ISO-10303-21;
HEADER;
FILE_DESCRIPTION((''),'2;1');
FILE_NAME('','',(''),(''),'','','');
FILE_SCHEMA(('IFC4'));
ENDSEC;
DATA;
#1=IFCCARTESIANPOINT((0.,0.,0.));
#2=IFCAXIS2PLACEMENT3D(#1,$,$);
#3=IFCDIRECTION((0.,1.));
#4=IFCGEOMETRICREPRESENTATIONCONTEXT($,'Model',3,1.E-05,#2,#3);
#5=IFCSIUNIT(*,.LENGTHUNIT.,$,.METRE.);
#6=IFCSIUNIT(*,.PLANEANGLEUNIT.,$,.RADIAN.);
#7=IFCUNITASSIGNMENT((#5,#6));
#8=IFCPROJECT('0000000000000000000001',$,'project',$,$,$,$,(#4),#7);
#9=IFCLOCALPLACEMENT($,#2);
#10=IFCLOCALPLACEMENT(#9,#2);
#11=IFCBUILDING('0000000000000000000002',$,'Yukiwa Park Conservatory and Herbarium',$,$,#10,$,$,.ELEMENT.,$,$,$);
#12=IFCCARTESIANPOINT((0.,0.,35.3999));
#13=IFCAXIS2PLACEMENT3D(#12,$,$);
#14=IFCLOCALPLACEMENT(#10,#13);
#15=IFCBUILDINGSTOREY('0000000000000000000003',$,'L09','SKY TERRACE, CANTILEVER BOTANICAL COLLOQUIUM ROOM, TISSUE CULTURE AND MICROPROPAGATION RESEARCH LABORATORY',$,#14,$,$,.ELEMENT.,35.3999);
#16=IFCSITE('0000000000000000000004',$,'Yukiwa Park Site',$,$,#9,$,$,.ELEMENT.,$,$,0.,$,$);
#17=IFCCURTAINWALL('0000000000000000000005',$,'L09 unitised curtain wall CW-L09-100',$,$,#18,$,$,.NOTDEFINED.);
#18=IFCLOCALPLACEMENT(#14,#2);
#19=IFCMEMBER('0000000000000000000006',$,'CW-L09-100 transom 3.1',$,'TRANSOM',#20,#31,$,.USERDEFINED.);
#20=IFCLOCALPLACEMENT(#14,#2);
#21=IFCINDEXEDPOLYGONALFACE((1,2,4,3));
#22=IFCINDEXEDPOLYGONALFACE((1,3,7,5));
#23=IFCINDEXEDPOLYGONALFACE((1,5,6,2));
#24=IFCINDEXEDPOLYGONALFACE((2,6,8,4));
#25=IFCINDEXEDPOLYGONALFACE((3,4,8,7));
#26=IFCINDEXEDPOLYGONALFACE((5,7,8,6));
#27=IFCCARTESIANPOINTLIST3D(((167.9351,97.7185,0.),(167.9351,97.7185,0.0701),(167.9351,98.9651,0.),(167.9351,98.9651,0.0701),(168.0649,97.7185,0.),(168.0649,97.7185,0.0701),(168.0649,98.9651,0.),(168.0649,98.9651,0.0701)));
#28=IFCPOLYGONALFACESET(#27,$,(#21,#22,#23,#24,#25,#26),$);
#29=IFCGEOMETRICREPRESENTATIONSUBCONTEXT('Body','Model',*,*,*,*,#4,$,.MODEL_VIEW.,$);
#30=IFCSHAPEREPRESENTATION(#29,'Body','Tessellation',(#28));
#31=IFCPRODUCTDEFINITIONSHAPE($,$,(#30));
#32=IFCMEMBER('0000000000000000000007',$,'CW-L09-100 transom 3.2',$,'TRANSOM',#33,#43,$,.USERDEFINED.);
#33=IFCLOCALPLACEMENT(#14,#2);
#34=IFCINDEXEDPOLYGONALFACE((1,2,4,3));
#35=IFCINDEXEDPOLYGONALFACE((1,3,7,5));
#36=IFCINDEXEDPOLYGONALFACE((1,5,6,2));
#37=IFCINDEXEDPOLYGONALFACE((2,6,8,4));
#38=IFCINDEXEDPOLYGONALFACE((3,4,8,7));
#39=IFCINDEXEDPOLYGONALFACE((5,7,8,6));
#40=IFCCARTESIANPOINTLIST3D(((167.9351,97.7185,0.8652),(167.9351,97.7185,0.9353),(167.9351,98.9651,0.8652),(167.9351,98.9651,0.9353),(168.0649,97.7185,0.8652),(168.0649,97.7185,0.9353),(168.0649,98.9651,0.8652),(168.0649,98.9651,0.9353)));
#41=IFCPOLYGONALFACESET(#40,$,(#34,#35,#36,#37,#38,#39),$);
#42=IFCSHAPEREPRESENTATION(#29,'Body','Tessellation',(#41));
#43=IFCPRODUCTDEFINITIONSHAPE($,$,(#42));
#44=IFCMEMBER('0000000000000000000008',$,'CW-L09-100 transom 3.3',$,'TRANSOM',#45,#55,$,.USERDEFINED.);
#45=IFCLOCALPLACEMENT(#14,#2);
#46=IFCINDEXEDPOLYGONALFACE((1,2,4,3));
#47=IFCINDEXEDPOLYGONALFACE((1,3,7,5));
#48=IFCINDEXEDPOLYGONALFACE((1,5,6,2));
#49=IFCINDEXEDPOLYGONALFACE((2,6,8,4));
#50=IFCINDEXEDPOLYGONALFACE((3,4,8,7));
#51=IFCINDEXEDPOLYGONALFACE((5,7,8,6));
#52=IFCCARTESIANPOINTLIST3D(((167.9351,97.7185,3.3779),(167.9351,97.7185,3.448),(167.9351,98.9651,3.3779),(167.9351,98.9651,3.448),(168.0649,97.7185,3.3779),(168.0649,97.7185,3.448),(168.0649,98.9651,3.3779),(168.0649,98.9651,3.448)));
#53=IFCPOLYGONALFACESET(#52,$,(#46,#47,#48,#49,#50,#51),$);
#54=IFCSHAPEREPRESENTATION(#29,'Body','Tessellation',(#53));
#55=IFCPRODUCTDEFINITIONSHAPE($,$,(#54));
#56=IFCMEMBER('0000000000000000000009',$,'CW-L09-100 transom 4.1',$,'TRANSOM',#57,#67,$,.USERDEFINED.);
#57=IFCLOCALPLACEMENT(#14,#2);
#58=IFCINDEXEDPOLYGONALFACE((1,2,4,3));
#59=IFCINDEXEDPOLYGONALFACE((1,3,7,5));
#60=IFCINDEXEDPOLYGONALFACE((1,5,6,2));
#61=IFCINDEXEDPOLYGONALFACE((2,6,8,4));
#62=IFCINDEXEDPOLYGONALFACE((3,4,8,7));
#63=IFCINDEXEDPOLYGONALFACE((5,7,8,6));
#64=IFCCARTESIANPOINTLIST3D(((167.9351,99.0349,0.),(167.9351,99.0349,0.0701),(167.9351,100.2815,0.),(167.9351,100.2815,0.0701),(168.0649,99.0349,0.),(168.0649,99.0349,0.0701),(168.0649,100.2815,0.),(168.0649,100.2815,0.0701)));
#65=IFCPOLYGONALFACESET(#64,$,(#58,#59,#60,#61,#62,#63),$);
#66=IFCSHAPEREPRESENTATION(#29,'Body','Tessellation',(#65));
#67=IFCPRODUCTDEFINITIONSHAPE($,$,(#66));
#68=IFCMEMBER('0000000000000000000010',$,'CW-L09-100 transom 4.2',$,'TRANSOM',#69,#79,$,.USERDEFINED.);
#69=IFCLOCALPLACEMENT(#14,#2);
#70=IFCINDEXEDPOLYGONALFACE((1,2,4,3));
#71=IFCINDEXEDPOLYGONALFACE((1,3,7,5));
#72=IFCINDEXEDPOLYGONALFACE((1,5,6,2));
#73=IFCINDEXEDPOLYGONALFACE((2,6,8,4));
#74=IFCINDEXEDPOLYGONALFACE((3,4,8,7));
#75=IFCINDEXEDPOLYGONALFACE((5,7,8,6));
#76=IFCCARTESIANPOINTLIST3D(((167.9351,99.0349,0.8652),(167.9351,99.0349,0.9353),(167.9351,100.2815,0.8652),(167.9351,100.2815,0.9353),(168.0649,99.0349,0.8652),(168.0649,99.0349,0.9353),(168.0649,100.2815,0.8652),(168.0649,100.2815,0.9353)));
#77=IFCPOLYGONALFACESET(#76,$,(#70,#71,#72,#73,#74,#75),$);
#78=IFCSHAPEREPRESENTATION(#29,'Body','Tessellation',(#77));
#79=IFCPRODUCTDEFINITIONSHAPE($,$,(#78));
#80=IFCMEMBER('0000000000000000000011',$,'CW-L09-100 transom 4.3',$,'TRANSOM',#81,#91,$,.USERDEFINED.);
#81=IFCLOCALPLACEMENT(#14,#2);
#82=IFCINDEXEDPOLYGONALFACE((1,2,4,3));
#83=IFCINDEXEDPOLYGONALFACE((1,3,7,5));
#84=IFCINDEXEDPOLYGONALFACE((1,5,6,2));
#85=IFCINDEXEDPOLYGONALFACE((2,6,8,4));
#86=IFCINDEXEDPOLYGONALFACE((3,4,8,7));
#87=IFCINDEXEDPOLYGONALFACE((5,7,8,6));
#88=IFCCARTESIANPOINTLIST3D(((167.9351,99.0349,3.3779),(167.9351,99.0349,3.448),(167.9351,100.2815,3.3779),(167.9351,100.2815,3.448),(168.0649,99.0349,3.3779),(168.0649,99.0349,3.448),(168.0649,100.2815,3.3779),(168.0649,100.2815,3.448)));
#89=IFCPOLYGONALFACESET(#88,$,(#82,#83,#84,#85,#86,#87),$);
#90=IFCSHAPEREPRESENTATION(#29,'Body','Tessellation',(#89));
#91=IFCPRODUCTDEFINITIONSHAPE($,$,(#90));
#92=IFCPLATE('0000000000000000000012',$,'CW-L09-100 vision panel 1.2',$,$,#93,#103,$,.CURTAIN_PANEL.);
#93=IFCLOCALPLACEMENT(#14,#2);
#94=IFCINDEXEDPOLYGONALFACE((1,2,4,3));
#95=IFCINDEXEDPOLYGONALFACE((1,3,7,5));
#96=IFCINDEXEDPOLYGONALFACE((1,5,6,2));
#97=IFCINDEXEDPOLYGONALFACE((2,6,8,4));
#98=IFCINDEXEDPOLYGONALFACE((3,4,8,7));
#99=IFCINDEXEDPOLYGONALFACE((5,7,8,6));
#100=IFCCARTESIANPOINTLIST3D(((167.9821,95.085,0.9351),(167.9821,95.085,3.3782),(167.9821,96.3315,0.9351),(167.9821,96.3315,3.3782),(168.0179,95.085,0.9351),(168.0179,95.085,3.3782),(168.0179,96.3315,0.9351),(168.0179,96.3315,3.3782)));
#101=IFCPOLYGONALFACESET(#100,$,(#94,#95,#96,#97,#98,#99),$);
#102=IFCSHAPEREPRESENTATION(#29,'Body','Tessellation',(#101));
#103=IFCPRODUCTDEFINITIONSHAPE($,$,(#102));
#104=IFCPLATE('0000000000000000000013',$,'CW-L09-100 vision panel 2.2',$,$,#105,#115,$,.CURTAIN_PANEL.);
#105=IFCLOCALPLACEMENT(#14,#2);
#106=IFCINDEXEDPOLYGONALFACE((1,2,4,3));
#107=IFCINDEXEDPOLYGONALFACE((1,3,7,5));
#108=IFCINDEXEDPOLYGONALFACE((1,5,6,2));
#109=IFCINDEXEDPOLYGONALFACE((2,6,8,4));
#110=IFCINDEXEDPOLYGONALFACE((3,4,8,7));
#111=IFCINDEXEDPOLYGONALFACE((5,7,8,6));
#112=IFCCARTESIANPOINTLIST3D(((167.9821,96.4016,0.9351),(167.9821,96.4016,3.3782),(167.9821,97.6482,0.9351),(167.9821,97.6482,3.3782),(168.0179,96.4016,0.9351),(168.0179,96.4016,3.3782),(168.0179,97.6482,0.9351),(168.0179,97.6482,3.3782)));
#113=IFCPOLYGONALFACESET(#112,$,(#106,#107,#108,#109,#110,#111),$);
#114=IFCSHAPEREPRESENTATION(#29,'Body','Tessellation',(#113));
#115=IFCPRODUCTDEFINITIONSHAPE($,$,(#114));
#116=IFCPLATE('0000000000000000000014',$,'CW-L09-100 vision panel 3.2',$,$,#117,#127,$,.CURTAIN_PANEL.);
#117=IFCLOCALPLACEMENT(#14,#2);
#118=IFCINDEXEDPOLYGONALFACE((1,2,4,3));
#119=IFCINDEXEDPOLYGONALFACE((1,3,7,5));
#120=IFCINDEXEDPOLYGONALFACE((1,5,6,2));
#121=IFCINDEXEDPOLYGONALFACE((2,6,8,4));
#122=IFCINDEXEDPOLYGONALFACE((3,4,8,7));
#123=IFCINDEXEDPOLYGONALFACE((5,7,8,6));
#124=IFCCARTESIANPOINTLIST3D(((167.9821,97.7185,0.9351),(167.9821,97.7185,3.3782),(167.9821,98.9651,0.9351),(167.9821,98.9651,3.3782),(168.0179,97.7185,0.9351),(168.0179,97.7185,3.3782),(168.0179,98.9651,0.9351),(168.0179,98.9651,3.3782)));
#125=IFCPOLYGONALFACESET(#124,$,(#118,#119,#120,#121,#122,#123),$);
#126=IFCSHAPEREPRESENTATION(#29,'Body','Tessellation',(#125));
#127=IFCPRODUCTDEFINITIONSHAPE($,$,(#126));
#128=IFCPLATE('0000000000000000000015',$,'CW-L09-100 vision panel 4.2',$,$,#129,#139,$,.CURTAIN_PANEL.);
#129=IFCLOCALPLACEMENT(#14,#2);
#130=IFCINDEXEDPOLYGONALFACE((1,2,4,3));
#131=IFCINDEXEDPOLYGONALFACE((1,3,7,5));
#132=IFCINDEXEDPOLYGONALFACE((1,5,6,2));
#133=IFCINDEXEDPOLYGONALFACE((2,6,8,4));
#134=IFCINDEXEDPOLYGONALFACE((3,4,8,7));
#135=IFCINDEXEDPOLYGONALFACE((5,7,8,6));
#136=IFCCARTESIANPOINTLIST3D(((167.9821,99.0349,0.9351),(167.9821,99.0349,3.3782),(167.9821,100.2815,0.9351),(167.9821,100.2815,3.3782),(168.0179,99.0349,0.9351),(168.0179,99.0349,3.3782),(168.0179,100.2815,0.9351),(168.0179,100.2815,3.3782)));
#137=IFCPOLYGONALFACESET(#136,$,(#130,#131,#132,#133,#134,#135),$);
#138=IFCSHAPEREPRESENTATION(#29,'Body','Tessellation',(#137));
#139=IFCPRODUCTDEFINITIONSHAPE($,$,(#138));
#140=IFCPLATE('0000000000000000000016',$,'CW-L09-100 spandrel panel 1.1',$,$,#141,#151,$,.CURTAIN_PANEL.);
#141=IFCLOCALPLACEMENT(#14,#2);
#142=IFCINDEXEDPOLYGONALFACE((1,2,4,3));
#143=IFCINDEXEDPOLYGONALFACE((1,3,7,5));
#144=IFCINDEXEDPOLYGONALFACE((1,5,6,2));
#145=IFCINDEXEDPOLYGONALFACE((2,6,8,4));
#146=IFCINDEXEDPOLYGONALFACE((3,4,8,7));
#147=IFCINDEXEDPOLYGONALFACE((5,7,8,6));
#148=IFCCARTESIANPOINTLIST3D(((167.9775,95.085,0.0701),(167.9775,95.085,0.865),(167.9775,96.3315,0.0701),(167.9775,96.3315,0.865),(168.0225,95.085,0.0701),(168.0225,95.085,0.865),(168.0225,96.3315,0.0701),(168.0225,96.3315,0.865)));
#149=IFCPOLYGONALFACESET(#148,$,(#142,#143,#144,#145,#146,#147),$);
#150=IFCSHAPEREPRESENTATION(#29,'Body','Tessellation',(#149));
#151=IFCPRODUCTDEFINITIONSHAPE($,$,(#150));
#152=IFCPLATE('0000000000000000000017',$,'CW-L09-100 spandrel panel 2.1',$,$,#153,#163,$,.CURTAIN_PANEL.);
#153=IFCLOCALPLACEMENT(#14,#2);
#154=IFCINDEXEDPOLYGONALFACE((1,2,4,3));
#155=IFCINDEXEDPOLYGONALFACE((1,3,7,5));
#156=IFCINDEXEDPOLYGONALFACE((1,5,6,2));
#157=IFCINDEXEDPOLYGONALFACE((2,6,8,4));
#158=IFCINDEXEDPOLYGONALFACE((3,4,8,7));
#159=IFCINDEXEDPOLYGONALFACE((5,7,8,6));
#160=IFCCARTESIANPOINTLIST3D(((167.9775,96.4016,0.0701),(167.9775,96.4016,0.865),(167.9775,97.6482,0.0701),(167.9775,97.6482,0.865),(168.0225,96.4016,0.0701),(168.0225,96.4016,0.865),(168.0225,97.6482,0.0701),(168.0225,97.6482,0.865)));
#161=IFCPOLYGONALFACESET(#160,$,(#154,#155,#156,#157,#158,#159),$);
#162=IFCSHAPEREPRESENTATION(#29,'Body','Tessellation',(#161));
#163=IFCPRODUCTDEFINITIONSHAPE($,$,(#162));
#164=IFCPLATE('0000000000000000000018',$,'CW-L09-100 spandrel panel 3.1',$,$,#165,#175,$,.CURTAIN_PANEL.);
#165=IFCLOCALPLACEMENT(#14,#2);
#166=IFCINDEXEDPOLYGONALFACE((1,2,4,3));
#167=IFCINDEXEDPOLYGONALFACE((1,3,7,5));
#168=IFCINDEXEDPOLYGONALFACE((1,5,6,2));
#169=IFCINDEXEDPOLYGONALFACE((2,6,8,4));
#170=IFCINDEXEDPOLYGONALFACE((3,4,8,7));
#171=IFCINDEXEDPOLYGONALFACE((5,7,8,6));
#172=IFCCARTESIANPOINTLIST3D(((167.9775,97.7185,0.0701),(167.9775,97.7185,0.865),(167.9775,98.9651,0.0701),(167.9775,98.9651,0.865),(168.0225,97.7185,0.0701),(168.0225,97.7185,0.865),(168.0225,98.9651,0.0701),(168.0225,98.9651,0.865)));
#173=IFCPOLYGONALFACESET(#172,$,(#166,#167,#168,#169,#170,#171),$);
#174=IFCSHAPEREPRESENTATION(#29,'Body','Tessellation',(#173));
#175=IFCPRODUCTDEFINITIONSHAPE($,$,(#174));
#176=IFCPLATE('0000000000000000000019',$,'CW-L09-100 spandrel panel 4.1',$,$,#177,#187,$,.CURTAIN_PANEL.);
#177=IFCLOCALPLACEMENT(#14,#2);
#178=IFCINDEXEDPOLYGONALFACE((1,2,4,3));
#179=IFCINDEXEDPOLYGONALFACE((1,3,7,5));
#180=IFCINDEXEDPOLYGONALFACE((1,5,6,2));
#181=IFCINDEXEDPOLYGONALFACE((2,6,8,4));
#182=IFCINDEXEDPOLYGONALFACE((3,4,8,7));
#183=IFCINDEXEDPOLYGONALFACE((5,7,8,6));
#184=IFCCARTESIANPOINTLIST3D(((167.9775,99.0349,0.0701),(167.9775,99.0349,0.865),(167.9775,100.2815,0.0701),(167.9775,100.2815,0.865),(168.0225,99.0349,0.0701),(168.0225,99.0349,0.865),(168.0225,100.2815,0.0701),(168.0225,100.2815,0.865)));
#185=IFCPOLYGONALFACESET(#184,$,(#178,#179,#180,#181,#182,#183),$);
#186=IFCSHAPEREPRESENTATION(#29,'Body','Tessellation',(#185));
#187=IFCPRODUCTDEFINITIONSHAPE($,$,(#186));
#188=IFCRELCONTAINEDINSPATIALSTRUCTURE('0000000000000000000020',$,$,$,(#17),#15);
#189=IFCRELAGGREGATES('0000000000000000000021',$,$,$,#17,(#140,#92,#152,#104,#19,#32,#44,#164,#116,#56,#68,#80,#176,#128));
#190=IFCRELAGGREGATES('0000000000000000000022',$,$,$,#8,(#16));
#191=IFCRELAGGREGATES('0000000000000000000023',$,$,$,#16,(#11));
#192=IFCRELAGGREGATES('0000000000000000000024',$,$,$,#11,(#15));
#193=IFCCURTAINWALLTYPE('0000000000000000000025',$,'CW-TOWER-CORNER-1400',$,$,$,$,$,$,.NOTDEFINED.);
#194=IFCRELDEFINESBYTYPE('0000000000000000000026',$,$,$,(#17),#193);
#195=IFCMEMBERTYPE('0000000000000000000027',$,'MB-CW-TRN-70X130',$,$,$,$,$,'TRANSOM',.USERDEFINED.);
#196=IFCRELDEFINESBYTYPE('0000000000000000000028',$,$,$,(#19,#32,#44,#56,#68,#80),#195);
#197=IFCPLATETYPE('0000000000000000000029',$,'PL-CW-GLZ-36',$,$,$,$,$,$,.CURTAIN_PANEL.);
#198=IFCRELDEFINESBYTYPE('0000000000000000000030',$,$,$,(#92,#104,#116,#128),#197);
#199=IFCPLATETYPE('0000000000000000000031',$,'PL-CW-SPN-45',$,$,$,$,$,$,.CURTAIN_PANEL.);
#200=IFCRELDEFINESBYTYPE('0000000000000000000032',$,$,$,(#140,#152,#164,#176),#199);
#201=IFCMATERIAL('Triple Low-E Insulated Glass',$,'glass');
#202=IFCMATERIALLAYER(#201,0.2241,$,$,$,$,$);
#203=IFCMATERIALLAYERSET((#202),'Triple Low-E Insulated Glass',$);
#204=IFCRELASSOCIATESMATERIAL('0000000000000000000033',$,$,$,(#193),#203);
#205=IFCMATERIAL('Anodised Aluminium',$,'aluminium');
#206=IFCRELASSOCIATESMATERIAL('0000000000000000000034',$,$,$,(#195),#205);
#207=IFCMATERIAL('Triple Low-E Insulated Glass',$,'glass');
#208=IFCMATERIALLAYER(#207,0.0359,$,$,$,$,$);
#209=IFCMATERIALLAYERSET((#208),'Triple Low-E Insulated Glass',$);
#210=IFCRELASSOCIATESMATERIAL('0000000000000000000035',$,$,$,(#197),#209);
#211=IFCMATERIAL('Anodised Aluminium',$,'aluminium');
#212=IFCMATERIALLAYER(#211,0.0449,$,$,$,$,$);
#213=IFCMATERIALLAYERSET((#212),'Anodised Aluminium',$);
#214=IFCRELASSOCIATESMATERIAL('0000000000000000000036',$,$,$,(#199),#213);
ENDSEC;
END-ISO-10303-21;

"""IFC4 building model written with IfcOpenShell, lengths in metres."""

from ifc_helpers import new_model, si_unit, direction, frame, origin, origin_2d, place, context, subcontext, project, spatial, rectangle, extrude, material, layer, layer_set, type_object, element, aggregate, save


model = new_model("IFC4")

# Units and contexts
model_context = context("Model", 3, precision=1e-05, world=origin(), true_north=direction((0.0, 1.0)))
body_context = subcontext(model_context, "Body", "Model", "MODEL_VIEW")
ifc_project = project(units=[si_unit("LENGTHUNIT", "METRE"), si_unit("PLANEANGLEUNIT", "RADIAN")], contexts=[model_context])

# Site, building, storey
site_placement = place(None, origin())
site = spatial("IfcSite", under=ifc_project, at=site_placement, Name="Yukiwa Park Site", CompositionType="ELEMENT", RefElevation=0.0)
building_placement = place(site_placement, origin())
building = spatial("IfcBuilding", under=site, at=building_placement, Name="Yukiwa Park Conservatory and Herbarium", CompositionType="ELEMENT")
storey_placement = place(building_placement, frame((0.0, 0.0, 35.3999)))
storey = spatial("IfcBuildingStorey", under=building, at=storey_placement, Name="L09", Description="SKY TERRACE, CANTILEVER BOTANICAL COLLOQUIUM ROOM, TISSUE CULTURE AND MICROPROPAGATION RESEARCH LABORATORY", CompositionType="ELEMENT", Elevation=35.3999)

# Curtain wall, members, plates
ifc_material_1 = material(Name="Triple Low-E Insulated Glass", Category="glass")
ifc_layer_1 = layer(ifc_material_1, 0.2241)
ifc_layer_set_1 = layer_set([ifc_layer_1], Name="Triple Low-E Insulated Glass")
curtain_wall_type = type_object("IfcCurtainWallType", Name="CW-TOWER-CORNER-1400", PredefinedType="NOTDEFINED", material=ifc_layer_set_1)
curtain_wall_placement = place(storey_placement, origin())
curtain_wall = element("IfcCurtainWall", 1, at=curtain_wall_placement, inside=storey, type_object=curtain_wall_type, Name="L09 unitised curtain wall CW-L09-100", PredefinedType="NOTDEFINED")
ifc_material_2 = material(Name="Anodised Aluminium", Category="aluminium")
member_type_1 = type_object("IfcMemberType", Name="MB-CW-TRN-70X130", ElementType="TRANSOM", PredefinedType="USERDEFINED", material=ifc_material_2)
member_1_placement = place(storey_placement, frame((168.0, 98.3418, 0.0), z_axis=(0.0, 0.0, 1.0), x_axis=(0.0, 1.0, 0.0)))
member_1 = element("IfcMember", 2, at=member_1_placement, type_object=member_type_1, Name="CW-L09-100 transom 3.1", ObjectType="TRANSOM", PredefinedType="USERDEFINED", context=body_context, shape_type="SweptSolid", body=[
    extrude(rectangle(XDim=1.2466, YDim=0.1299, at=origin_2d()), origin(), (0.0, 0.0, 1.0), 0.0701),
])
member_2_placement = place(storey_placement, frame((168.0, 98.3418, 0.8652), z_axis=(0.0, 0.0, 1.0), x_axis=(0.0, 1.0, 0.0)))
member_2 = element("IfcMember", 3, at=member_2_placement, type_object=member_type_1, Name="CW-L09-100 transom 3.2", ObjectType="TRANSOM", PredefinedType="USERDEFINED", context=body_context, shape_type="SweptSolid", body=[
    extrude(rectangle(XDim=1.2466, YDim=0.1299, at=origin_2d()), origin(), (0.0, 0.0, 1.0), 0.0701),
])
member_3_placement = place(storey_placement, frame((168.0, 98.3418, 3.3779), z_axis=(0.0, 0.0, 1.0), x_axis=(0.0, 1.0, 0.0)))
member_3 = element("IfcMember", 4, at=member_3_placement, type_object=member_type_1, Name="CW-L09-100 transom 3.3", ObjectType="TRANSOM", PredefinedType="USERDEFINED", context=body_context, shape_type="SweptSolid", body=[
    extrude(rectangle(XDim=1.2466, YDim=0.1299, at=origin_2d()), origin(), (0.0, 0.0, 1.0), 0.0701),
])
member_4_placement = place(storey_placement, frame((168.0, 99.6582, 0.0), z_axis=(0.0, 0.0, 1.0), x_axis=(0.0, 1.0, 0.0)))
member_4 = element("IfcMember", 5, at=member_4_placement, type_object=member_type_1, Name="CW-L09-100 transom 4.1", ObjectType="TRANSOM", PredefinedType="USERDEFINED", context=body_context, shape_type="SweptSolid", body=[
    extrude(rectangle(XDim=1.2466, YDim=0.1299, at=origin_2d()), origin(), (0.0, 0.0, 1.0), 0.0701),
])
member_5_placement = place(storey_placement, frame((168.0, 99.6582, 0.8652), z_axis=(0.0, 0.0, 1.0), x_axis=(0.0, 1.0, 0.0)))
member_5 = element("IfcMember", 6, at=member_5_placement, type_object=member_type_1, Name="CW-L09-100 transom 4.2", ObjectType="TRANSOM", PredefinedType="USERDEFINED", context=body_context, shape_type="SweptSolid", body=[
    extrude(rectangle(XDim=1.2466, YDim=0.1299, at=origin_2d()), origin(), (0.0, 0.0, 1.0), 0.0701),
])
member_6_placement = place(storey_placement, frame((168.0, 99.6582, 3.3779), z_axis=(0.0, 0.0, 1.0), x_axis=(0.0, 1.0, 0.0)))
member_6 = element("IfcMember", 7, at=member_6_placement, type_object=member_type_1, Name="CW-L09-100 transom 4.3", ObjectType="TRANSOM", PredefinedType="USERDEFINED", context=body_context, shape_type="SweptSolid", body=[
    extrude(rectangle(XDim=1.2466, YDim=0.1299, at=origin_2d()), origin(), (0.0, 0.0, 1.0), 0.0701),
])
ifc_material_3 = material(Name="Triple Low-E Insulated Glass", Category="glass")
ifc_layer_2 = layer(ifc_material_3, 0.0359)
ifc_layer_set_2 = layer_set([ifc_layer_2], Name="Triple Low-E Insulated Glass")
plate_type_1 = type_object("IfcPlateType", Name="PL-CW-GLZ-36", PredefinedType="CURTAIN_PANEL", material=ifc_layer_set_2)
plate_1_placement = place(storey_placement, frame((168.0, 95.7083, 0.9351), z_axis=(0.0, 0.0, 1.0), x_axis=(0.0, 1.0, 0.0)))
plate_1 = element("IfcPlate", 8, at=plate_1_placement, type_object=plate_type_1, Name="CW-L09-100 vision panel 1.2", PredefinedType="CURTAIN_PANEL", context=body_context, shape_type="SweptSolid", body=[
    extrude(rectangle(XDim=1.2466, YDim=0.0359, at=origin_2d()), origin(), (0.0, 0.0, 1.0), 2.4431),
])
plate_2_placement = place(storey_placement, frame((168.0, 97.0249, 0.9351), z_axis=(0.0, 0.0, 1.0), x_axis=(0.0, 1.0, 0.0)))
plate_2 = element("IfcPlate", 9, at=plate_2_placement, type_object=plate_type_1, Name="CW-L09-100 vision panel 2.2", PredefinedType="CURTAIN_PANEL", context=body_context, shape_type="SweptSolid", body=[
    extrude(rectangle(XDim=1.2466, YDim=0.0359, at=origin_2d()), origin(), (0.0, 0.0, 1.0), 2.4431),
])
plate_3_placement = place(storey_placement, frame((168.0, 98.3418, 0.9351), z_axis=(0.0, 0.0, 1.0), x_axis=(0.0, 1.0, 0.0)))
plate_3 = element("IfcPlate", 10, at=plate_3_placement, type_object=plate_type_1, Name="CW-L09-100 vision panel 3.2", PredefinedType="CURTAIN_PANEL", context=body_context, shape_type="SweptSolid", body=[
    extrude(rectangle(XDim=1.2466, YDim=0.0359, at=origin_2d()), origin(), (0.0, 0.0, 1.0), 2.4431),
])
plate_4_placement = place(storey_placement, frame((168.0, 99.6582, 0.9351), z_axis=(0.0, 0.0, 1.0), x_axis=(0.0, 1.0, 0.0)))
plate_4 = element("IfcPlate", 11, at=plate_4_placement, type_object=plate_type_1, Name="CW-L09-100 vision panel 4.2", PredefinedType="CURTAIN_PANEL", context=body_context, shape_type="SweptSolid", body=[
    extrude(rectangle(XDim=1.2466, YDim=0.0359, at=origin_2d()), origin(), (0.0, 0.0, 1.0), 2.4431),
])
ifc_material_4 = material(Name="Anodised Aluminium", Category="aluminium")
ifc_layer_3 = layer(ifc_material_4, 0.0449)
ifc_layer_set_3 = layer_set([ifc_layer_3], Name="Anodised Aluminium")
plate_type_2 = type_object("IfcPlateType", Name="PL-CW-SPN-45", PredefinedType="CURTAIN_PANEL", material=ifc_layer_set_3)
plate_5_placement = place(storey_placement, frame((168.0, 95.7083, 0.0701), z_axis=(0.0, 0.0, 1.0), x_axis=(0.0, 1.0, 0.0)))
plate_5 = element("IfcPlate", 12, at=plate_5_placement, type_object=plate_type_2, Name="CW-L09-100 spandrel panel 1.1", PredefinedType="CURTAIN_PANEL", context=body_context, shape_type="SweptSolid", body=[
    extrude(rectangle(XDim=1.2466, YDim=0.0449, at=origin_2d()), origin(), (0.0, 0.0, 1.0), 0.7949),
])
plate_6_placement = place(storey_placement, frame((168.0, 97.0249, 0.0701), z_axis=(0.0, 0.0, 1.0), x_axis=(0.0, 1.0, 0.0)))
plate_6 = element("IfcPlate", 13, at=plate_6_placement, type_object=plate_type_2, Name="CW-L09-100 spandrel panel 2.1", PredefinedType="CURTAIN_PANEL", context=body_context, shape_type="SweptSolid", body=[
    extrude(rectangle(XDim=1.2466, YDim=0.0449, at=origin_2d()), origin(), (0.0, 0.0, 1.0), 0.7949),
])
plate_7_placement = place(storey_placement, frame((168.0, 98.3418, 0.0701), z_axis=(0.0, 0.0, 1.0), x_axis=(0.0, 1.0, 0.0)))
plate_7 = element("IfcPlate", 14, at=plate_7_placement, type_object=plate_type_2, Name="CW-L09-100 spandrel panel 3.1", PredefinedType="CURTAIN_PANEL", context=body_context, shape_type="SweptSolid", body=[
    extrude(rectangle(XDim=1.2466, YDim=0.0449, at=origin_2d()), origin(), (0.0, 0.0, 1.0), 0.7949),
])
plate_8_placement = place(storey_placement, frame((168.0, 99.6582, 0.0701), z_axis=(0.0, 0.0, 1.0), x_axis=(0.0, 1.0, 0.0)))
plate_8 = element("IfcPlate", 15, at=plate_8_placement, type_object=plate_type_2, Name="CW-L09-100 spandrel panel 4.1", PredefinedType="CURTAIN_PANEL", context=body_context, shape_type="SweptSolid", body=[
    extrude(rectangle(XDim=1.2466, YDim=0.0449, at=origin_2d()), origin(), (0.0, 0.0, 1.0), 0.7949),
])
aggregate(curtain_wall, [plate_5, plate_1, plate_6, plate_2, member_1, member_2, member_3, plate_7, plate_3, member_4, member_5, member_6, plate_8, plate_4])

save(model, "model.ifc")
